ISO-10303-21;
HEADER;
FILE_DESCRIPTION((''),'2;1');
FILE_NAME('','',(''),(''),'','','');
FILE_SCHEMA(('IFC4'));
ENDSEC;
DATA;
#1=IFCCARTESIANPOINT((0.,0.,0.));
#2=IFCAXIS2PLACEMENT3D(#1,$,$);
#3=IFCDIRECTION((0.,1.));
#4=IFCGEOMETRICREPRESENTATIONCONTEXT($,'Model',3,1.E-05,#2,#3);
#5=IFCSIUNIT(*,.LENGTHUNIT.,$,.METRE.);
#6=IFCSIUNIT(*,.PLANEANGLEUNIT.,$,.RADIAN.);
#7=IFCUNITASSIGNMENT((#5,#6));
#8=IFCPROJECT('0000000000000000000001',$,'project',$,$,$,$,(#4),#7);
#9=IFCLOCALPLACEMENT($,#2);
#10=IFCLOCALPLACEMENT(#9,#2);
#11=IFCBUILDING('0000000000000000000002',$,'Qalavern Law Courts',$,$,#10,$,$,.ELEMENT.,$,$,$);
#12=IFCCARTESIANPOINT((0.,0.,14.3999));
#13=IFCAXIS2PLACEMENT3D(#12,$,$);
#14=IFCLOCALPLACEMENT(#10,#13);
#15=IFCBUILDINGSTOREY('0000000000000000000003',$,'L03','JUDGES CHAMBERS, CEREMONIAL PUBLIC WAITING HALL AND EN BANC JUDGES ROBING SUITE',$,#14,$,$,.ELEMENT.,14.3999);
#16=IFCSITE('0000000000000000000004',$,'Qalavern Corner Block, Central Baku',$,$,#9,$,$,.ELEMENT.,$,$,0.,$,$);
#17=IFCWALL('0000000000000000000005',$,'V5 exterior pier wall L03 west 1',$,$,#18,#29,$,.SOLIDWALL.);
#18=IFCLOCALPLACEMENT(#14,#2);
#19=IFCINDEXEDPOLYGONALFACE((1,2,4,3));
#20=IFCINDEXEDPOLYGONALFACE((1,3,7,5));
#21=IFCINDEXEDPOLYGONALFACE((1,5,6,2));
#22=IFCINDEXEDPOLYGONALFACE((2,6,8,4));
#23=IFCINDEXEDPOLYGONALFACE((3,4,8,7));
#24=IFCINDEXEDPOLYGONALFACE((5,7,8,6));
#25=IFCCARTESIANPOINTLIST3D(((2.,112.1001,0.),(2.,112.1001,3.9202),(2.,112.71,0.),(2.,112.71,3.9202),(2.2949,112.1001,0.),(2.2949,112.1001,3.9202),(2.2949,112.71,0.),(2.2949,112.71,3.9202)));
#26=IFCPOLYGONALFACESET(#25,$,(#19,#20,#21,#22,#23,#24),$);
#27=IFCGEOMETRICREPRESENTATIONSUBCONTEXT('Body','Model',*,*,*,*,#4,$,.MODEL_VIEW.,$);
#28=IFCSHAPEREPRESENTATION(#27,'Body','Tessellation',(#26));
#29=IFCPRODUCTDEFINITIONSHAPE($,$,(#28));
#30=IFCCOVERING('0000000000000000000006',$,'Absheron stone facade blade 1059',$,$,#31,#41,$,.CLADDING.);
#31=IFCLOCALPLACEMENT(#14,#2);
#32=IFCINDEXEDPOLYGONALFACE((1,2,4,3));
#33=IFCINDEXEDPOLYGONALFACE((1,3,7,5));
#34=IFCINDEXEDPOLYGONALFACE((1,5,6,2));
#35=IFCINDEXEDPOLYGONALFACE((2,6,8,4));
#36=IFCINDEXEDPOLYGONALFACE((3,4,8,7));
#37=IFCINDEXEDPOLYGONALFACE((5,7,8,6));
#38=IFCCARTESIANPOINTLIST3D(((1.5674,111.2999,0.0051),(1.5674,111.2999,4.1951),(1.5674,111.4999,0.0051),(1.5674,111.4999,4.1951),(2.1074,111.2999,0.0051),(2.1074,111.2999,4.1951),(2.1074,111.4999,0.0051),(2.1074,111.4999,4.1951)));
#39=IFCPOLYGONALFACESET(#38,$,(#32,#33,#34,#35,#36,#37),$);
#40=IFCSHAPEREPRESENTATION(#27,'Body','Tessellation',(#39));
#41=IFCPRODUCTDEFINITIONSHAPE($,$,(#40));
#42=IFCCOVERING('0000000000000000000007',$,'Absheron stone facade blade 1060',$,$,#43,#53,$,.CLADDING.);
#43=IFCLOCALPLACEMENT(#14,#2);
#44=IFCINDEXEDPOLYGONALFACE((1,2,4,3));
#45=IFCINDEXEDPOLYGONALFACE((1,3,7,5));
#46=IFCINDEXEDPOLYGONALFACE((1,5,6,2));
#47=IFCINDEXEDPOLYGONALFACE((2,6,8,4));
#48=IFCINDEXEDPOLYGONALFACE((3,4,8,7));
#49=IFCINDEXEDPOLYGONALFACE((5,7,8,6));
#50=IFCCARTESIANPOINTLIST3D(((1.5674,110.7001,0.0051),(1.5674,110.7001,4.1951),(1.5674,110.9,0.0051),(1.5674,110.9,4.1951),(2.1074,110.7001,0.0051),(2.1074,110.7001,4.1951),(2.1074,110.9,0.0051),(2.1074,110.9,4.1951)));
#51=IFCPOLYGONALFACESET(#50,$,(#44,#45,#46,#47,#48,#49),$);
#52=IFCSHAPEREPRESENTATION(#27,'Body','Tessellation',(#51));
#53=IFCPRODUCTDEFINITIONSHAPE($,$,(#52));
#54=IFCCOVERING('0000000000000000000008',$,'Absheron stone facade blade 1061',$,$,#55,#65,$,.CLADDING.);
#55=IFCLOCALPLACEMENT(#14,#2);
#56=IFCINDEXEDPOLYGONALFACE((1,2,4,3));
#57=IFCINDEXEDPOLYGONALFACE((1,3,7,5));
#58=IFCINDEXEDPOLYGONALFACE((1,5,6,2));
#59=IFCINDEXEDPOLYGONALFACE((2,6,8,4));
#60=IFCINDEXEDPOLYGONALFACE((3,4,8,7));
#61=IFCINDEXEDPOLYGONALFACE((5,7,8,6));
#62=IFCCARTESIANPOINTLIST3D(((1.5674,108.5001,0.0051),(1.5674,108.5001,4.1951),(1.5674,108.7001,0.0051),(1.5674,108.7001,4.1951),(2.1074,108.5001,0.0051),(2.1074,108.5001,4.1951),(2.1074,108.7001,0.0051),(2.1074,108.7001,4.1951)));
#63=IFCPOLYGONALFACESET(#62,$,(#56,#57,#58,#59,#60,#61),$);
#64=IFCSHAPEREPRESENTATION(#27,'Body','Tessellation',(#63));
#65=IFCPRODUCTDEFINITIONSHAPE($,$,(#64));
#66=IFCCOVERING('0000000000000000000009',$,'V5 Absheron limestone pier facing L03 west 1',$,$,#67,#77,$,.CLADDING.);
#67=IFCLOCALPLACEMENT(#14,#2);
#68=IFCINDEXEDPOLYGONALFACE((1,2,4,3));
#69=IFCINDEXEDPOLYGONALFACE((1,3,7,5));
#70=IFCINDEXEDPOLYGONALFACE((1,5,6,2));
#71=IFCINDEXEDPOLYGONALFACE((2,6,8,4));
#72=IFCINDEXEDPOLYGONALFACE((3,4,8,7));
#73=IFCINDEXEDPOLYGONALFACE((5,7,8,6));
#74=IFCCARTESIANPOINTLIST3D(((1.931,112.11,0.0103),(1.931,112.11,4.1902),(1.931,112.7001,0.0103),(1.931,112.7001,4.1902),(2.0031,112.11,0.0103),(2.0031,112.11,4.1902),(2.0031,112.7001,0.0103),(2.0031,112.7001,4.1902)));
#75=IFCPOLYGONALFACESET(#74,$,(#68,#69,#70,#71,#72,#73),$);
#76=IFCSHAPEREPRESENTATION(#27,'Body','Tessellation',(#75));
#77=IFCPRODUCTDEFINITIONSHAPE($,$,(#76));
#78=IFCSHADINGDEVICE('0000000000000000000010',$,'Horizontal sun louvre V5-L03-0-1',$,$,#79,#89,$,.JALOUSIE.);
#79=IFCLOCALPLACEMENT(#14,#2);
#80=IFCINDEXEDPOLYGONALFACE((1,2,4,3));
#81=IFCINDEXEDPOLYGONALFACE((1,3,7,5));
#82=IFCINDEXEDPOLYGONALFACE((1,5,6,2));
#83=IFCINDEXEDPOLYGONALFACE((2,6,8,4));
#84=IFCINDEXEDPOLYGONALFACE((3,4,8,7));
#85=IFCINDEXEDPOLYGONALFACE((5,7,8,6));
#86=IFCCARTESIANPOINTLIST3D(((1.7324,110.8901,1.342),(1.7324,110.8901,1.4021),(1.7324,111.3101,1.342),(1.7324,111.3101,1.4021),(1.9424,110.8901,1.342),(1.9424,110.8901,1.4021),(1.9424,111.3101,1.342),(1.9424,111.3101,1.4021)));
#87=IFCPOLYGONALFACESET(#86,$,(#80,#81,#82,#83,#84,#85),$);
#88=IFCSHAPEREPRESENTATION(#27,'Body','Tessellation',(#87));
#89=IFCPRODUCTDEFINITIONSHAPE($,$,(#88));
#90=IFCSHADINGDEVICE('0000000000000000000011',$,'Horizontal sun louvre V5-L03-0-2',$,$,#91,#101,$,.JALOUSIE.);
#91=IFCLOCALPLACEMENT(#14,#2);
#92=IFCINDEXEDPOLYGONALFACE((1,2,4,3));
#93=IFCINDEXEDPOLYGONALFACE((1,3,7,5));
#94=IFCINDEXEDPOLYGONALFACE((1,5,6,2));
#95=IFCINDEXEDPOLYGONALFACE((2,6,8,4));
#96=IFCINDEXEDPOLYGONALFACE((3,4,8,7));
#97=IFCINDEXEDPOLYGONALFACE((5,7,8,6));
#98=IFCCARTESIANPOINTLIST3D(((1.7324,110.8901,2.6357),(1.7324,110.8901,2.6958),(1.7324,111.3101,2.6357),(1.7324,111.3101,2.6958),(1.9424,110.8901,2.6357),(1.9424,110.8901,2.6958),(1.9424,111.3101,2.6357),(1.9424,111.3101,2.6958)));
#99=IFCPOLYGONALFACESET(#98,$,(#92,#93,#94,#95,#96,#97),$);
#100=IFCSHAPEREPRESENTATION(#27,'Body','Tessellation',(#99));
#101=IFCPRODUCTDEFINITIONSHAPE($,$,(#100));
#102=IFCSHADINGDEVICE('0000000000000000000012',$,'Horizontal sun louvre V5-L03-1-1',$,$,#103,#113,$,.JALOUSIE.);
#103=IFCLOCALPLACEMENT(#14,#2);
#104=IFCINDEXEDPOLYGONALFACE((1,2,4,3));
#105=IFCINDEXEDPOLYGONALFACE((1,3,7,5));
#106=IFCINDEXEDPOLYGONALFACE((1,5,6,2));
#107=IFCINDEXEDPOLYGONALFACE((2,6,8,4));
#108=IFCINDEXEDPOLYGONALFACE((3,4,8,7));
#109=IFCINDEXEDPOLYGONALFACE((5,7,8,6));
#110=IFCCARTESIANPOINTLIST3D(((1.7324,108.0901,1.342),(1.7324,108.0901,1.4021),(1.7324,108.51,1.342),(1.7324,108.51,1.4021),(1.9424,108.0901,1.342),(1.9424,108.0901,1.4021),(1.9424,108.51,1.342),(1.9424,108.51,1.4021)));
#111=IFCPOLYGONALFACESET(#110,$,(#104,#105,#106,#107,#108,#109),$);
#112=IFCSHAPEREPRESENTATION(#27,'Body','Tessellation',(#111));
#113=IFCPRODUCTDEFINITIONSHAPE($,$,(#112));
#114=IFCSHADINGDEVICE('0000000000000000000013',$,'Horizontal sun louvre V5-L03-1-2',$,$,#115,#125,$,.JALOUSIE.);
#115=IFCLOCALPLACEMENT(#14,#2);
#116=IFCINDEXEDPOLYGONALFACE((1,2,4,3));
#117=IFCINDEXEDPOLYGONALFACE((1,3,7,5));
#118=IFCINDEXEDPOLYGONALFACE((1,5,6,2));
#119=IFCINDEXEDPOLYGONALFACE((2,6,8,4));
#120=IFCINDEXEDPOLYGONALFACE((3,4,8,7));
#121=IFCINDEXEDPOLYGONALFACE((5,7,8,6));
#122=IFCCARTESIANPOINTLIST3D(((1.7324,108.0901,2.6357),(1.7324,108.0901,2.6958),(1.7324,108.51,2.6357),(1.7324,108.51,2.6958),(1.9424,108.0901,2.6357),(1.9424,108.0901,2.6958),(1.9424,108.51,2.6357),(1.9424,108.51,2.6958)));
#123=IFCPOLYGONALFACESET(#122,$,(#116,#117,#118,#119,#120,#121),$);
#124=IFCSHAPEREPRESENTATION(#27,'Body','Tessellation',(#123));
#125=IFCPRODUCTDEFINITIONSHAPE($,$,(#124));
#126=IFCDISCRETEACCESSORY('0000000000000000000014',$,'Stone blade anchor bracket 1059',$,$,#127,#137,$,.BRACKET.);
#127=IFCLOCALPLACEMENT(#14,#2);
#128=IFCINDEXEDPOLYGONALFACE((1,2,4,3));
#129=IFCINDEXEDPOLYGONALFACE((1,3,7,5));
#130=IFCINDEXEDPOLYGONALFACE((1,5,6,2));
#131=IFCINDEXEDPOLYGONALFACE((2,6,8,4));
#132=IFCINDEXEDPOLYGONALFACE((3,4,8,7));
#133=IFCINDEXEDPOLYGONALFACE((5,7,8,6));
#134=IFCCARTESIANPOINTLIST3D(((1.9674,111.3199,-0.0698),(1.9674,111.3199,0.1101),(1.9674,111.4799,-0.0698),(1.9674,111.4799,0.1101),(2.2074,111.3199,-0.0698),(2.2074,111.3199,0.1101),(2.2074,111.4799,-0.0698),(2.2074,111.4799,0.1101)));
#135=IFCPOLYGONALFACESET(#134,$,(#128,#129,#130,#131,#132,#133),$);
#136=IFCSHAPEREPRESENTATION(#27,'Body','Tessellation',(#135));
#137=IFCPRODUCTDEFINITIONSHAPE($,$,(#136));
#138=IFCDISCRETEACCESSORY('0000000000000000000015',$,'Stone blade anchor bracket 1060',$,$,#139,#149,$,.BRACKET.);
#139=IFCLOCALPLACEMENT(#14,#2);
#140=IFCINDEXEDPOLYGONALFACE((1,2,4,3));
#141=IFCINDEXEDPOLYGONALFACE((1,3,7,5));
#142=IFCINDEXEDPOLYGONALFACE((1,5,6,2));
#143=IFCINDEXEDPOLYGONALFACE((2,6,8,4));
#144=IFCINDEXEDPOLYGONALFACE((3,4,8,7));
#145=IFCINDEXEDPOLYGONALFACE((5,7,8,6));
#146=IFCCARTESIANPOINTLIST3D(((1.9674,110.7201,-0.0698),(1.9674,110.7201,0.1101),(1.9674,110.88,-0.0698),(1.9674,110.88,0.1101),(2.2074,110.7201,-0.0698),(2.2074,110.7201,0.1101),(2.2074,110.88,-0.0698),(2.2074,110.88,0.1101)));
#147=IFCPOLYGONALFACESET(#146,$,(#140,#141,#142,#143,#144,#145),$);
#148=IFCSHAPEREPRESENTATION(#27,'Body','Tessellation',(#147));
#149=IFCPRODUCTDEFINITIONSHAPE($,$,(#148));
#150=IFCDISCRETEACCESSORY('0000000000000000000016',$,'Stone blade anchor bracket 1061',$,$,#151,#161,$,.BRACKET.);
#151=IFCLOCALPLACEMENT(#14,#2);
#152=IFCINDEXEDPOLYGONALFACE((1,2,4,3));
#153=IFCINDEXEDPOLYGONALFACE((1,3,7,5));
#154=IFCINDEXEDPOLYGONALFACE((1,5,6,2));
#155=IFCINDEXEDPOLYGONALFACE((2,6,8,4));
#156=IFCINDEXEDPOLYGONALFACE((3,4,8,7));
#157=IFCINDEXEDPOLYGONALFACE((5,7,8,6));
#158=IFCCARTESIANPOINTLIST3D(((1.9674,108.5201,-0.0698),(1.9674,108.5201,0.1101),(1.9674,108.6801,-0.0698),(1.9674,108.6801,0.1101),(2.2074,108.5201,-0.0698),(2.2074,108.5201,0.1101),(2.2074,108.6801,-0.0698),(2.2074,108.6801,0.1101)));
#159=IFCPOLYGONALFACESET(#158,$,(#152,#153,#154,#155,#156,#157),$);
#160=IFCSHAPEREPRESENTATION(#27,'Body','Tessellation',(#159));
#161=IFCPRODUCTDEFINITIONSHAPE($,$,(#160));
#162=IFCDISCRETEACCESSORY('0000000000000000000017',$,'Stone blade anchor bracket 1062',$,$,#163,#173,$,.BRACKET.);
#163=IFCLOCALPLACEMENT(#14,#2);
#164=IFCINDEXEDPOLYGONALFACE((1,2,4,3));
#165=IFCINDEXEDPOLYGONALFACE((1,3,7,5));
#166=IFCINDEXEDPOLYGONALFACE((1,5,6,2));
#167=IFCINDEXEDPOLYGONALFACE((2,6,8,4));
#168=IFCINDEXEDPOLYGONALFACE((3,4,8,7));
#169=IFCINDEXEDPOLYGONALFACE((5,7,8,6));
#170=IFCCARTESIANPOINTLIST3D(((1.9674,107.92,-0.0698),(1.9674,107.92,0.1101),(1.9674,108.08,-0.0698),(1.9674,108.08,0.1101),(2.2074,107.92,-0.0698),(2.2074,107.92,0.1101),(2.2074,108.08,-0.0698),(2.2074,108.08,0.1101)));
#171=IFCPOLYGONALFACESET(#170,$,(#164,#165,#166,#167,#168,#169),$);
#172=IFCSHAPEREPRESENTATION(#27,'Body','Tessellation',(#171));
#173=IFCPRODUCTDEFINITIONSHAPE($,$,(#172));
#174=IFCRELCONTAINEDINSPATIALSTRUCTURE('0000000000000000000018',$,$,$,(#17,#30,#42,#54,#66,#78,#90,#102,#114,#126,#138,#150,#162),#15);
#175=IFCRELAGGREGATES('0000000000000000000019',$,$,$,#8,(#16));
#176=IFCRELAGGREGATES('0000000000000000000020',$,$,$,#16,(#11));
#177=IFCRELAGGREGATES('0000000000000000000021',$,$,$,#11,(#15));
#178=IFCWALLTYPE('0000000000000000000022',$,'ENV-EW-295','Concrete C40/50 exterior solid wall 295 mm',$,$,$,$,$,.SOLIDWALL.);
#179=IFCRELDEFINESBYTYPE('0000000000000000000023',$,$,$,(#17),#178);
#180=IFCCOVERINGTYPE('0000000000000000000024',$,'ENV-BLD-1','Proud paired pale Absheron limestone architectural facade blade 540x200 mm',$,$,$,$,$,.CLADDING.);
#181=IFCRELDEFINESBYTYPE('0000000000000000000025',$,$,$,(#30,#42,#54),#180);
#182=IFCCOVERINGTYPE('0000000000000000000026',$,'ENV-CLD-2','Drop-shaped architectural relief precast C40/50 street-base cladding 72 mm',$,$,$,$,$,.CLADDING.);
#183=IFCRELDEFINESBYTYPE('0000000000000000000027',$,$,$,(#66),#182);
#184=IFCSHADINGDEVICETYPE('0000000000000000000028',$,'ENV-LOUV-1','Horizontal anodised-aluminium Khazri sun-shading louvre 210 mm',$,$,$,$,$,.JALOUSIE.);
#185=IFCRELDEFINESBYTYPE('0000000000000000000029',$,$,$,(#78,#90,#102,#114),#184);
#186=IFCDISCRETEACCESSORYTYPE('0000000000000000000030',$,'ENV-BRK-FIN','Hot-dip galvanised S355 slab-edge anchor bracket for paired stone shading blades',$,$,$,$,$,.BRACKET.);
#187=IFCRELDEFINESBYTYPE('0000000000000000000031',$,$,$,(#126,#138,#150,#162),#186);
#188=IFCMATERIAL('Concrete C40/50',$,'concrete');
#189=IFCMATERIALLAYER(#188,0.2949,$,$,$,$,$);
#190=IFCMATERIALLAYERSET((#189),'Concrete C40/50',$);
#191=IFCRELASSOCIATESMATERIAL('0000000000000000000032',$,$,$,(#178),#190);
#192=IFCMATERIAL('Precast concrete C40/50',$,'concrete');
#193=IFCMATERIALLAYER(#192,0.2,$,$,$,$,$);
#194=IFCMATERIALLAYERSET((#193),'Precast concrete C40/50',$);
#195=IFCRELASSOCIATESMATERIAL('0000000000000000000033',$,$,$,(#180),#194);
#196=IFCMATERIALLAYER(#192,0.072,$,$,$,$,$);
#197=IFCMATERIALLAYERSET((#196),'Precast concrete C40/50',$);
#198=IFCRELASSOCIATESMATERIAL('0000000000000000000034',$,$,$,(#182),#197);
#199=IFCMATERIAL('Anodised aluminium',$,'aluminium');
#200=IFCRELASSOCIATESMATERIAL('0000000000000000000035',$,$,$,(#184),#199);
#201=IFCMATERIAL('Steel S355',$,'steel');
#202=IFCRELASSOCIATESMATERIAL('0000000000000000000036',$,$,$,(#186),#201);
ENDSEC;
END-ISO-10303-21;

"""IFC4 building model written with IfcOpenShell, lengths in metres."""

from ifc_helpers import new_model, si_unit, direction, frame, frame_2d, origin, origin_2d, place, context, subcontext, project, spatial, rectangle, extrude, material, layer, layer_set, type_object, element, save


model = new_model("IFC4")

# Units and contexts
model_context = context("Model", 3, precision=1e-05, world=origin(), true_north=direction((0.0, 1.0)))
body_context = subcontext(model_context, "Body", "Model", "MODEL_VIEW")
ifc_project = project(units=[si_unit("LENGTHUNIT", "METRE"), si_unit("PLANEANGLEUNIT", "RADIAN")], contexts=[model_context])

# Site, building, storey
site_placement = place(None, origin())
site = spatial("IfcSite", under=ifc_project, at=site_placement, Name="Qalavern Corner Block, Central Baku", CompositionType="ELEMENT", RefElevation=0.0)
building_placement = place(site_placement, origin())
building = spatial("IfcBuilding", under=site, at=building_placement, Name="Qalavern Law Courts", CompositionType="ELEMENT")
storey_placement = place(building_placement, frame((0.0, 0.0, 14.3999)))
storey = spatial("IfcBuildingStorey", under=building, at=storey_placement, Name="L03", Description="JUDGES CHAMBERS, CEREMONIAL PUBLIC WAITING HALL AND EN BANC JUDGES ROBING SUITE", CompositionType="ELEMENT", Elevation=14.3999)

# Shared definitions
ifc_material_1 = material(Name="Anodised aluminium", Category="aluminium")

# Wall
ifc_material_2 = material(Name="Concrete C40/50", Category="concrete")
ifc_layer_1 = layer(ifc_material_2, 0.2949)
ifc_layer_set_1 = layer_set([ifc_layer_1], Name="Concrete C40/50")
wall_type = type_object("IfcWallType", Name="ENV-EW-295", Description="Concrete C40/50 exterior solid wall 295 mm", PredefinedType="SOLIDWALL", material=ifc_layer_set_1)
wall_placement = place(storey_placement, frame((2.1475, 112.71, 0.0), z_axis=(0.0, 0.0, 1.0), x_axis=(0.0, -1.0, 0.0)))
element("IfcWall", 1, at=wall_placement, inside=storey, type_object=wall_type, Name="V5 exterior pier wall L03 west 1", PredefinedType="SOLIDWALL", context=body_context, shape_type="SweptSolid", body=[
    extrude(rectangle(XDim=0.6099, YDim=0.2949, at=frame_2d((0.3049, 0.0))), origin(), (0.0, 0.0, 1.0), 3.9202),
])

# Coverings
ifc_material_3 = material(Name="Precast concrete C40/50", Category="concrete")
ifc_layer_2 = layer(ifc_material_3, 0.2)
ifc_layer_set_2 = layer_set([ifc_layer_2], Name="Precast concrete C40/50")
covering_type_1 = type_object("IfcCoveringType", Name="ENV-BLD-1", Description="Proud paired pale Absheron limestone architectural facade blade 540x200 mm", PredefinedType="CLADDING", material=ifc_layer_set_2)
for number, where, z_axis, x_axis, name in (
    (2, (1.8374, 111.3999, 0.0051), (0.0, 0.0, 1.0), (-1.0, 0.0, 0.0), "Absheron stone facade blade 1059"),
    (3, (1.8374, 110.8, 0.0051), (0.0, 0.0, 1.0), (-1.0, 0.0, 0.0), "Absheron stone facade blade 1060"),
    (4, (1.8374, 108.6001, 0.0051), (0.0, 0.0, 1.0), (-1.0, 0.0, 0.0), "Absheron stone facade blade 1061"),
):
    element("IfcCovering", number, at=place(storey_placement, frame(where, z_axis=z_axis, x_axis=x_axis)), inside=storey, type_object=covering_type_1, Name=name, PredefinedType="CLADDING", context=body_context, shape_type="SweptSolid", body=[
        extrude(rectangle(XDim=0.54, YDim=0.2, at=origin_2d()), origin(), (0.0, 0.0, 1.0), 4.1899),
    ])
ifc_layer_3 = layer(ifc_material_3, 0.072)
ifc_layer_set_3 = layer_set([ifc_layer_3], Name="Precast concrete C40/50")
covering_type_2 = type_object("IfcCoveringType", Name="ENV-CLD-2", Description="Drop-shaped architectural relief precast C40/50 street-base cladding 72 mm", PredefinedType="CLADDING", material=ifc_layer_set_3)
covering_placement = place(storey_placement, frame((1.967, 112.405, 0.0103), z_axis=(0.0, 0.0, 1.0), x_axis=(0.0, -1.0, 0.0)))
element("IfcCovering", 5, at=covering_placement, inside=storey, type_object=covering_type_2, Name="V5 Absheron limestone pier facing L03 west 1", PredefinedType="CLADDING", context=body_context, shape_type="SweptSolid", body=[
    extrude(rectangle(XDim=0.5901, YDim=0.072, at=origin_2d()), origin(), (0.0, 0.0, 1.0), 4.1799),
])

# Shading devices
shading_device_type = type_object("IfcShadingDeviceType", Name="ENV-LOUV-1", Description="Horizontal anodised-aluminium Khazri sun-shading louvre 210 mm", PredefinedType="JALOUSIE", material=ifc_material_1)
for number, where, z_axis, x_axis, name in (
    (6, (1.8374, 111.1001, 1.342), (0.0, 0.0, 1.0), (0.0, -1.0, 0.0), "Horizontal sun louvre V5-L03-0-1"),
    (7, (1.8374, 111.1001, 2.6357), (0.0, 0.0, 1.0), (0.0, -1.0, 0.0), "Horizontal sun louvre V5-L03-0-2"),
    (8, (1.8374, 108.3, 1.342), (0.0, 0.0, 1.0), (0.0, -1.0, 0.0), "Horizontal sun louvre V5-L03-1-1"),
    (9, (1.8374, 108.3, 2.6357), (0.0, 0.0, 1.0), (0.0, -1.0, 0.0), "Horizontal sun louvre V5-L03-1-2"),
):
    element("IfcShadingDevice", number, at=place(storey_placement, frame(where, z_axis=z_axis, x_axis=x_axis)), inside=storey, type_object=shading_device_type, Name=name, PredefinedType="JALOUSIE", context=body_context, shape_type="SweptSolid", body=[
        extrude(rectangle(XDim=0.4199, YDim=0.21, at=origin_2d()), origin(), (0.0, 0.0, 1.0), 0.0601),
    ])

# Discrete accessories
ifc_material_4 = material(Name="Steel S355", Category="steel")
discrete_accessory_type = type_object("IfcDiscreteAccessoryType", Name="ENV-BRK-FIN", Description="Hot-dip galvanised S355 slab-edge anchor bracket for paired stone shading blades", PredefinedType="BRACKET", material=ifc_material_4)
for number, where, z_axis, x_axis, name in (
    (10, (2.0874, 111.3999, -0.0698), (0.0, 0.0, 1.0), (-1.0, 0.0, 0.0), "Stone blade anchor bracket 1059"),
    (11, (2.0874, 110.8, -0.0698), (0.0, 0.0, 1.0), (-1.0, 0.0, 0.0), "Stone blade anchor bracket 1060"),
    (12, (2.0874, 108.6001, -0.0698), (0.0, 0.0, 1.0), (-1.0, 0.0, 0.0), "Stone blade anchor bracket 1061"),
    (13, (2.0874, 108.0, -0.0698), (0.0, 0.0, 1.0), (-1.0, 0.0, 0.0), "Stone blade anchor bracket 1062"),
):
    element("IfcDiscreteAccessory", number, at=place(storey_placement, frame(where, z_axis=z_axis, x_axis=x_axis)), inside=storey, type_object=discrete_accessory_type, Name=name, PredefinedType="BRACKET", context=body_context, shape_type="SweptSolid", body=[
        extrude(rectangle(XDim=0.24, YDim=0.1599, at=origin_2d()), origin(), (0.0, 0.0, 1.0), 0.1799),
    ])

save(model, "model.ifc")
